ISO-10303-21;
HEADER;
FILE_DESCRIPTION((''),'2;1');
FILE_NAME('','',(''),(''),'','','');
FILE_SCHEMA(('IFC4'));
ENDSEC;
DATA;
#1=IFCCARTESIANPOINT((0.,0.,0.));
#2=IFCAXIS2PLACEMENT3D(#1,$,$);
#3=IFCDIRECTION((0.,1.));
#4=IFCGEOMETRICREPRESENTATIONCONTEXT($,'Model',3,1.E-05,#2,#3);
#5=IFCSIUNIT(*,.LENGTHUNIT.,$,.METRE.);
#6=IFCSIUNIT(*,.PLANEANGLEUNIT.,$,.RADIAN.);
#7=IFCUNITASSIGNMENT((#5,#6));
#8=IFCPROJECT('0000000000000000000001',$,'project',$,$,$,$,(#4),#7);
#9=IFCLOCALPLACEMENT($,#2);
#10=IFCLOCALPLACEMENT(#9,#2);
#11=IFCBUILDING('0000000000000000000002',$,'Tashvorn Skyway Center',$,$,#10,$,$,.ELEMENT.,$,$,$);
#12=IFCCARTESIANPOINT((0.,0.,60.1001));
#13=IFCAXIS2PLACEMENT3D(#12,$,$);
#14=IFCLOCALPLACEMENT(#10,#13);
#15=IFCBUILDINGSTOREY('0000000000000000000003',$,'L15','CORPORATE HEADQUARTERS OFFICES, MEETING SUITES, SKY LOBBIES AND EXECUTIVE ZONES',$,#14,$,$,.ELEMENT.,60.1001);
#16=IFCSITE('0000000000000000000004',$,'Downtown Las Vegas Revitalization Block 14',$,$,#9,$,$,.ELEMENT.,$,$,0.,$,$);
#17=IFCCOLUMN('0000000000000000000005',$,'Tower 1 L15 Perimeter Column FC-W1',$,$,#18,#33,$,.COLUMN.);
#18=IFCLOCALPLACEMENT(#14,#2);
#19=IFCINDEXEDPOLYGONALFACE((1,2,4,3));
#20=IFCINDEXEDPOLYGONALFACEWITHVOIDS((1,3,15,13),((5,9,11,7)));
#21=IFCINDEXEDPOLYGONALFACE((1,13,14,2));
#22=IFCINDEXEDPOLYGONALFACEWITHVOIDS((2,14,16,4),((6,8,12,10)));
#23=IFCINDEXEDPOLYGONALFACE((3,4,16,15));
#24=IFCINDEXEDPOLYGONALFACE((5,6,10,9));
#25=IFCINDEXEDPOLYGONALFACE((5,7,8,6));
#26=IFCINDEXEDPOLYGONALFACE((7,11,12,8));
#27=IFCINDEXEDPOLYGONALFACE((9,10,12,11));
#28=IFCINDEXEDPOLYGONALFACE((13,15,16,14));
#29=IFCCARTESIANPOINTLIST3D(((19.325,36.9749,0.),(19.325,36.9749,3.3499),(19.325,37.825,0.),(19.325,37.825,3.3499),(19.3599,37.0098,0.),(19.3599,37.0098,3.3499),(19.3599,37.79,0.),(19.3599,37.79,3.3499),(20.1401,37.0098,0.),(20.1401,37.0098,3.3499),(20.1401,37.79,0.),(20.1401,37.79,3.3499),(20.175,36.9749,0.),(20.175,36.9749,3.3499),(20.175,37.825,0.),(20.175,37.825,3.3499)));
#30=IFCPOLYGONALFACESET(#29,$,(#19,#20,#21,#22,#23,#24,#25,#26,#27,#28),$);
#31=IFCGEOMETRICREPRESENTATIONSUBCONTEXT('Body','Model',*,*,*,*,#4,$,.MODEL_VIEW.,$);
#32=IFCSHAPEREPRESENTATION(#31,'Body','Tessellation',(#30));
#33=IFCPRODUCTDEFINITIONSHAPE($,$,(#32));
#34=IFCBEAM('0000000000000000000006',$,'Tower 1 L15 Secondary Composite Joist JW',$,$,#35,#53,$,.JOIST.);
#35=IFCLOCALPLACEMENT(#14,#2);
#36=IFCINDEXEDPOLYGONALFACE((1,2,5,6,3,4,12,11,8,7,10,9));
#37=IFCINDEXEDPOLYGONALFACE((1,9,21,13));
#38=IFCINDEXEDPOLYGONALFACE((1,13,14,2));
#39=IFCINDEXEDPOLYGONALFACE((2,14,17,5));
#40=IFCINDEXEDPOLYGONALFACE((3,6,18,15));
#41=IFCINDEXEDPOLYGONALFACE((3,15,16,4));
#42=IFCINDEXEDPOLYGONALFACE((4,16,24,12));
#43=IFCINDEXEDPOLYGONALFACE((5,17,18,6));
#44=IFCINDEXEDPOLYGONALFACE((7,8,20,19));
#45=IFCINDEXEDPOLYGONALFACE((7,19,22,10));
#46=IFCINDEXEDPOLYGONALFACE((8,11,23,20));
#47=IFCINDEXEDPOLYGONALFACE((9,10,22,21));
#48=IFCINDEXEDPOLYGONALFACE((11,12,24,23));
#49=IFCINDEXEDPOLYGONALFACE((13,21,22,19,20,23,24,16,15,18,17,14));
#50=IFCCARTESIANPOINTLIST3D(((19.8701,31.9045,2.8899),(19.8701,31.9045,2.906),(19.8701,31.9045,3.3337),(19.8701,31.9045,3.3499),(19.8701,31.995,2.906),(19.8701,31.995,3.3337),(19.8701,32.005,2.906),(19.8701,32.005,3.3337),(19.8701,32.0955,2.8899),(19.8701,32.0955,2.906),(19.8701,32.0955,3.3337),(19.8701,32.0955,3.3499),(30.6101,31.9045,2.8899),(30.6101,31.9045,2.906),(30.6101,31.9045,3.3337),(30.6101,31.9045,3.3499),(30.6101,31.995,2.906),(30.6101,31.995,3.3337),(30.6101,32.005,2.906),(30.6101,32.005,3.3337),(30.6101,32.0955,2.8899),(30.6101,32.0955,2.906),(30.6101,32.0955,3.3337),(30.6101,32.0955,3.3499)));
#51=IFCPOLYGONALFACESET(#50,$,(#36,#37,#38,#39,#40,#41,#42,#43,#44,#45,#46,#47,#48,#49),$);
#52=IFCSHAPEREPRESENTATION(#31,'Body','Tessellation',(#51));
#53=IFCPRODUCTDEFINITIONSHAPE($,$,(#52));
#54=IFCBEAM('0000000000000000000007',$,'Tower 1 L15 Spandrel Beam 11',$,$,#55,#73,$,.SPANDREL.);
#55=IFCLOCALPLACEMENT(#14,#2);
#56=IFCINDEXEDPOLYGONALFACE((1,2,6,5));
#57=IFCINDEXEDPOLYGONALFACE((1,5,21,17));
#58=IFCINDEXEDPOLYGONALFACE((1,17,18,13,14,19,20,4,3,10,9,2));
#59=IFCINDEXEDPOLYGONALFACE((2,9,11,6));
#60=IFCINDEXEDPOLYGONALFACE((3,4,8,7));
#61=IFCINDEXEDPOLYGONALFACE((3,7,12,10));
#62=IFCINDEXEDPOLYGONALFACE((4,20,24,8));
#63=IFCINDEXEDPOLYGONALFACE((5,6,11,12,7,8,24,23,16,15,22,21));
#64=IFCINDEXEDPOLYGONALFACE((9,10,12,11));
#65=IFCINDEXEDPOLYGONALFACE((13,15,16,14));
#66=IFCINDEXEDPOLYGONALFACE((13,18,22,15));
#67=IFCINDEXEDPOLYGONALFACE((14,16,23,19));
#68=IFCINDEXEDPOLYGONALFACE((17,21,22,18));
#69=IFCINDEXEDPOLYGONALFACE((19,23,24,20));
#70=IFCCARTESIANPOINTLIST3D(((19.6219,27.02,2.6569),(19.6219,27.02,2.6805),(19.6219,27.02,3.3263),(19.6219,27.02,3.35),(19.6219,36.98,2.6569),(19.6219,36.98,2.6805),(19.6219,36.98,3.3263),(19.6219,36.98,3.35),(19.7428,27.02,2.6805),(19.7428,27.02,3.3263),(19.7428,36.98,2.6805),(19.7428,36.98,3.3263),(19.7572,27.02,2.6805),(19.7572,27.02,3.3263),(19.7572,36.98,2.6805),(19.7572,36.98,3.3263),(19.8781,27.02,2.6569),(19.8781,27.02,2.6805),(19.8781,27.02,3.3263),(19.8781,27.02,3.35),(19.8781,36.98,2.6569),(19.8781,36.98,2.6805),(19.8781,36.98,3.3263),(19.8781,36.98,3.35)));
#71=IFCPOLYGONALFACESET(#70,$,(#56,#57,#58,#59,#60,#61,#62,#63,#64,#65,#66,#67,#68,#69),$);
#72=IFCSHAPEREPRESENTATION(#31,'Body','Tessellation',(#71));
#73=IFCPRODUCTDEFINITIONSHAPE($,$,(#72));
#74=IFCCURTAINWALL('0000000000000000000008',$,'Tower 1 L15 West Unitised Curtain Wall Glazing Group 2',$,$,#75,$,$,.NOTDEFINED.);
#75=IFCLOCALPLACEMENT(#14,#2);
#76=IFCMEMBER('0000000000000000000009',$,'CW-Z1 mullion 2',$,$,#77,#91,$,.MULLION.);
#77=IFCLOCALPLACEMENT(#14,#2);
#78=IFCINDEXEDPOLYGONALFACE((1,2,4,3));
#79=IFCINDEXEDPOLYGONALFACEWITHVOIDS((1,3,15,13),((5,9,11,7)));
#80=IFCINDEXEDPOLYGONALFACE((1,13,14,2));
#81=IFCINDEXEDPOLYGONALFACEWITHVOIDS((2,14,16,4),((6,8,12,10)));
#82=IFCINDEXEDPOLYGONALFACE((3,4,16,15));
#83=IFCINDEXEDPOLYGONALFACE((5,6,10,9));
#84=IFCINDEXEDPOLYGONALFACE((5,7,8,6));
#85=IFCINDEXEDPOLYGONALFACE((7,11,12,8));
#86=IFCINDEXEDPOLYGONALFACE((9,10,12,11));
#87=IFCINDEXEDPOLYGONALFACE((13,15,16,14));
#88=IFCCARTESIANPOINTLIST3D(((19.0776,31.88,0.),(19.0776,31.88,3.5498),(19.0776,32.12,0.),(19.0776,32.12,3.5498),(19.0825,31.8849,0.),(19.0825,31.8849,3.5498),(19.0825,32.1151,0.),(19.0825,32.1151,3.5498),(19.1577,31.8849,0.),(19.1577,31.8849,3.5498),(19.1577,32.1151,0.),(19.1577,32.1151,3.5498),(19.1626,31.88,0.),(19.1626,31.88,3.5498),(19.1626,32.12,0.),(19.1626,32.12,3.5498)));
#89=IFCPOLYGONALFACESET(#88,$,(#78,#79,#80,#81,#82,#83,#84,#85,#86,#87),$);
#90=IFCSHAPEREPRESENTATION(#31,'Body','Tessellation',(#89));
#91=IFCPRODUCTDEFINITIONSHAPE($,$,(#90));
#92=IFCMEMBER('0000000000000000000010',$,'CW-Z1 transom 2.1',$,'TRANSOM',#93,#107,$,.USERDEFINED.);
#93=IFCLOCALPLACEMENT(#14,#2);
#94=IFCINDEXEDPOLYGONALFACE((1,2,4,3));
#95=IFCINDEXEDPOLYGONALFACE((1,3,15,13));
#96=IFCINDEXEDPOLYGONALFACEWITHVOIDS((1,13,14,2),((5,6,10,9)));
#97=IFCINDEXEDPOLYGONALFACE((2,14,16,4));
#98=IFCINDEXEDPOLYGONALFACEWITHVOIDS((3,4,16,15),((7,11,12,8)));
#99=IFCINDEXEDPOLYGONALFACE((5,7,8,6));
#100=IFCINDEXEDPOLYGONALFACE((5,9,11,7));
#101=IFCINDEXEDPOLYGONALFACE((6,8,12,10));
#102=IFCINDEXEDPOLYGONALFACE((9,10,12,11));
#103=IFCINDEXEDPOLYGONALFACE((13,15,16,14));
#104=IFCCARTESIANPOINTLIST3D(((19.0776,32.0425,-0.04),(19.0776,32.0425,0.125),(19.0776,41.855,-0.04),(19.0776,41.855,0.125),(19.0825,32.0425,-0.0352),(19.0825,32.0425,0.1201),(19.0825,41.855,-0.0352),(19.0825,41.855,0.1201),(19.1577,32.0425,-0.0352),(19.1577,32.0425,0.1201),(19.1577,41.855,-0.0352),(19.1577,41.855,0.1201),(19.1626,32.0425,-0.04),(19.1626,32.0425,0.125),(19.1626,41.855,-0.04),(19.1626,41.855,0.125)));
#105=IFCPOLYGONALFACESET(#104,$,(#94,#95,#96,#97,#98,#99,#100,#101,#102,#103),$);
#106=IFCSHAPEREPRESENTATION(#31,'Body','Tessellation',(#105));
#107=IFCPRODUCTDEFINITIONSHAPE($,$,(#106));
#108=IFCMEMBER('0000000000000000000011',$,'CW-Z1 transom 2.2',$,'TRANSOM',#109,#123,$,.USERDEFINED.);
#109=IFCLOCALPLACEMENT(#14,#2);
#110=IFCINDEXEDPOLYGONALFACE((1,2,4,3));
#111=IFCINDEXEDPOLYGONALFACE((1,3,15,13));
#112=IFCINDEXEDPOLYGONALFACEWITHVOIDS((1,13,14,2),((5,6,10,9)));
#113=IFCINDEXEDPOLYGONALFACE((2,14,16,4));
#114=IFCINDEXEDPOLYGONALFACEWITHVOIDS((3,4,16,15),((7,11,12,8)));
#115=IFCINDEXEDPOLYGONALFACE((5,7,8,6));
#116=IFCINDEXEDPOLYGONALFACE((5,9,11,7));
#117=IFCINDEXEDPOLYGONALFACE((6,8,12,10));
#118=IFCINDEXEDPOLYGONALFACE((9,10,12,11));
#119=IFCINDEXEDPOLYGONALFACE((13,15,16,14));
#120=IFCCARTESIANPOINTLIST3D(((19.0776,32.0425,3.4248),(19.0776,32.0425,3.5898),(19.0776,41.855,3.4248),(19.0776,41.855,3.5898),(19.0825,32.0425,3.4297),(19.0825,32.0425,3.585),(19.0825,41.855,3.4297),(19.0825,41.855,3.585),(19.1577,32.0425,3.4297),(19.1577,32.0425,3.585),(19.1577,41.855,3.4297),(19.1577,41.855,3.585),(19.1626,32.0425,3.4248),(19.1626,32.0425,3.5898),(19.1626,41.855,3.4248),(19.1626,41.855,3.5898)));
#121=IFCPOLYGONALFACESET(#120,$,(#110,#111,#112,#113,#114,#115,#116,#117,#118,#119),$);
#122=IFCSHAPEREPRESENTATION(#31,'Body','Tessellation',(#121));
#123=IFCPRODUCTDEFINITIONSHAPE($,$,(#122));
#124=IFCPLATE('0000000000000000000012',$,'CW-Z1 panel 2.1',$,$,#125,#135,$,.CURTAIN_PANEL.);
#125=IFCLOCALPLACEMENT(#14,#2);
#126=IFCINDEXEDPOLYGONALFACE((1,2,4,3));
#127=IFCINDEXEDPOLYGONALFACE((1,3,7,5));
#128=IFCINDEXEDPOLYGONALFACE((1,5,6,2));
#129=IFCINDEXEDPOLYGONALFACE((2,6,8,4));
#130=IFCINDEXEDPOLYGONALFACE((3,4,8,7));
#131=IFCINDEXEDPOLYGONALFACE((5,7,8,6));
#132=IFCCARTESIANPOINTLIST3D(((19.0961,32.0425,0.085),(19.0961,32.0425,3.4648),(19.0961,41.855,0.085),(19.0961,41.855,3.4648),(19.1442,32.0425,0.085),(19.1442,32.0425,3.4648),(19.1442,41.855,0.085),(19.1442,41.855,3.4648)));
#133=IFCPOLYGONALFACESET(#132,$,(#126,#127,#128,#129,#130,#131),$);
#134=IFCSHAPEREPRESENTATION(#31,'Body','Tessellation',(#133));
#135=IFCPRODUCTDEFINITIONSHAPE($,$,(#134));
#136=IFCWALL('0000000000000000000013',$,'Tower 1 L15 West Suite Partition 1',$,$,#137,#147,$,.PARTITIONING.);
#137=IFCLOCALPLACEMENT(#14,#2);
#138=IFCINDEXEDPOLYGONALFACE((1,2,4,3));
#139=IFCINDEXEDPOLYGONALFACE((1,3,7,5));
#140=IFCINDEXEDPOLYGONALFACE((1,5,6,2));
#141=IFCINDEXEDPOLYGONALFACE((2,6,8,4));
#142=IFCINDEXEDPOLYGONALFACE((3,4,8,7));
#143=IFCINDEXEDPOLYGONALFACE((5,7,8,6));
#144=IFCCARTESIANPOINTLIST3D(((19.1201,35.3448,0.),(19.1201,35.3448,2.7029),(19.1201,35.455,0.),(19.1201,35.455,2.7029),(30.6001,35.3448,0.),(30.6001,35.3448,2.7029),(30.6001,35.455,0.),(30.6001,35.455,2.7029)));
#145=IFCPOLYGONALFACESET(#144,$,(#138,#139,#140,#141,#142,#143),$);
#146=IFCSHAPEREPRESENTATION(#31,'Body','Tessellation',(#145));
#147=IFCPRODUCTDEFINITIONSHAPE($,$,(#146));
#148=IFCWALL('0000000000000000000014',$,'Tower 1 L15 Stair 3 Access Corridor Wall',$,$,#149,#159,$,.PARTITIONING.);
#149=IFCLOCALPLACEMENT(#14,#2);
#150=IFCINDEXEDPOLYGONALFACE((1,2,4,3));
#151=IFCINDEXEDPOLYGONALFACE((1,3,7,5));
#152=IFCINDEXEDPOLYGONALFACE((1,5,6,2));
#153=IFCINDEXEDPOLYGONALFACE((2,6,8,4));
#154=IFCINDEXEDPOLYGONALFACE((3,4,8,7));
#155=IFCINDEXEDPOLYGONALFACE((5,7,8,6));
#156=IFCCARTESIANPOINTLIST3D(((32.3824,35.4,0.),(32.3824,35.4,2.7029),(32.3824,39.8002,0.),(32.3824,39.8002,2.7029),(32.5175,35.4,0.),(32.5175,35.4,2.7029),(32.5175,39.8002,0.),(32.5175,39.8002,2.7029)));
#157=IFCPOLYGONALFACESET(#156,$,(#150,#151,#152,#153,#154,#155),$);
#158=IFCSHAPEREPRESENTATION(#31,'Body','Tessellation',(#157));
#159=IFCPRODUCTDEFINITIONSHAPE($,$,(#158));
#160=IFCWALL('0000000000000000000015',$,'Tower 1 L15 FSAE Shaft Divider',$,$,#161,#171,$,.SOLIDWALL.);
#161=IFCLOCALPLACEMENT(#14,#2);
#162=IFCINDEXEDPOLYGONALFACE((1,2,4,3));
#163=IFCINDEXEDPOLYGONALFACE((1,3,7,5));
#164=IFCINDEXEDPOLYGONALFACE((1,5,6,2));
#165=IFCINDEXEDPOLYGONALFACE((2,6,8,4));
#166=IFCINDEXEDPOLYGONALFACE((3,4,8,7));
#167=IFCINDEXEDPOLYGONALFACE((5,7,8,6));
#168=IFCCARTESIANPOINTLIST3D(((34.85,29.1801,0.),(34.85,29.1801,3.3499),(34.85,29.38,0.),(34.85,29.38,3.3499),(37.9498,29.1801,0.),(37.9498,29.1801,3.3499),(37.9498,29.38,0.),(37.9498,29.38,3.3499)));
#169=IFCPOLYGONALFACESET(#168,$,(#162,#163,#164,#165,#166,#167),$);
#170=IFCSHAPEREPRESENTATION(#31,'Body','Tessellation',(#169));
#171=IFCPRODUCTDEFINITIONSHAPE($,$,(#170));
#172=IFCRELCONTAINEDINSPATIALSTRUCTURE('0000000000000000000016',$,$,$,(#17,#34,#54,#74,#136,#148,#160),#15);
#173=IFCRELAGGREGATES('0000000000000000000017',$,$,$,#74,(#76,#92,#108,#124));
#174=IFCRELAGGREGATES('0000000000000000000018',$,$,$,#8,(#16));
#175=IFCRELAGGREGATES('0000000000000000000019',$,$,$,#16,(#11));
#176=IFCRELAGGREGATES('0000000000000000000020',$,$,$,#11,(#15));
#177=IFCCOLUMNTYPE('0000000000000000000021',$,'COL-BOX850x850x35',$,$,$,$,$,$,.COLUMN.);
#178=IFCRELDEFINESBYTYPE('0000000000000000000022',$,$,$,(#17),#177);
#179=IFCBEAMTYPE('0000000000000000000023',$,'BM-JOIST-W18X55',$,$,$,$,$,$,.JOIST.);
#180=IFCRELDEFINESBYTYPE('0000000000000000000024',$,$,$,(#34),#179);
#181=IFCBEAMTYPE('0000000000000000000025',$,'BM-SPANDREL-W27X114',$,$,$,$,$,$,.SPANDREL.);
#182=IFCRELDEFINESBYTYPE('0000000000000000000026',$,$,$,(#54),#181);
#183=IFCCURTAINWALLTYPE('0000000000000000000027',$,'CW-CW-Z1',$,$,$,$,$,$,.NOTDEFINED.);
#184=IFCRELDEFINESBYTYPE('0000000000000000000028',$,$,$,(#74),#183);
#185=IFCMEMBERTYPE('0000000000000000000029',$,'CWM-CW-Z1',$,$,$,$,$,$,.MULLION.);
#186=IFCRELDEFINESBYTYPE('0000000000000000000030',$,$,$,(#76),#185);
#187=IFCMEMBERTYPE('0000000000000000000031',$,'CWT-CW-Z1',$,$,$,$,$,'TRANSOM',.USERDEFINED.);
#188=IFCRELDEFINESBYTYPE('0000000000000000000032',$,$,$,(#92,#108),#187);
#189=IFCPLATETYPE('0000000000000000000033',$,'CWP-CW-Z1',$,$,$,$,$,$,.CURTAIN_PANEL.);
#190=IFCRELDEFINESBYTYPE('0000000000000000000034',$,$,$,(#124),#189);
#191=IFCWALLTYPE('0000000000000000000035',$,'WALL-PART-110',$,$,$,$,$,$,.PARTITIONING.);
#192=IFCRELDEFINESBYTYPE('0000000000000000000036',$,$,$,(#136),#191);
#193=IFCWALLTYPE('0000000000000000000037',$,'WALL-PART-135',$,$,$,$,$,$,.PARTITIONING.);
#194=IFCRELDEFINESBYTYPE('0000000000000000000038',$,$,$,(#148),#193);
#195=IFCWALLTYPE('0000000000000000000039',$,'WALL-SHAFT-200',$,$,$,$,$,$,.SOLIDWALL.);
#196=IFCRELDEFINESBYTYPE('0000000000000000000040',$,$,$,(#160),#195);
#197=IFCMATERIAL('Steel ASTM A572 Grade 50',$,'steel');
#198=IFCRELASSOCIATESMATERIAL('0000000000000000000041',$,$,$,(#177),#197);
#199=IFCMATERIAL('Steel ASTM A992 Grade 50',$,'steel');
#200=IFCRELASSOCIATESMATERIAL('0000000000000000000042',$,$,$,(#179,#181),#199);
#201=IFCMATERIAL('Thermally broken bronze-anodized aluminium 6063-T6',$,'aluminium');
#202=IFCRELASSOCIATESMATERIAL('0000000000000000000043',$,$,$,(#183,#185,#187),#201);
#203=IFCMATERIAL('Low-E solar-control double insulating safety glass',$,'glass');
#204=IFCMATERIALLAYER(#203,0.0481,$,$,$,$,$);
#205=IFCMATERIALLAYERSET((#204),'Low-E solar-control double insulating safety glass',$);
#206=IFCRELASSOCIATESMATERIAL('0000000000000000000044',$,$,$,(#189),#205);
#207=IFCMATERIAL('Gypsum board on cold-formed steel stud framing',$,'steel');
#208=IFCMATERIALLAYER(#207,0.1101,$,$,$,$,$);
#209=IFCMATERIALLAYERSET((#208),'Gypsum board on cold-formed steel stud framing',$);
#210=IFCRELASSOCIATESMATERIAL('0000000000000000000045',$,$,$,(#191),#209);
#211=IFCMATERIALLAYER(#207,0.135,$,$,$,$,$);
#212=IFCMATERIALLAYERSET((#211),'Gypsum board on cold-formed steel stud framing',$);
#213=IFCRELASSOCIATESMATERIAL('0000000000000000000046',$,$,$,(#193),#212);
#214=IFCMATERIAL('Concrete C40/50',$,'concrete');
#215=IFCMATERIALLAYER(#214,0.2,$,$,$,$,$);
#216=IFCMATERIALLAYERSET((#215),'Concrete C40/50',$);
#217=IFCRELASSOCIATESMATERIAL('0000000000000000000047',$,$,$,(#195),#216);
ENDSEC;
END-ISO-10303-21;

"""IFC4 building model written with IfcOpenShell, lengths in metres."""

from ifc_helpers import new_model, si_unit, direction, frame, frame_2d, origin, origin_2d, place, context, subcontext, project, spatial, rectangle, hollow_rectangle, i_section, extrude, material, layer, layer_set, material_profile, profile_set, type_object, element, aggregate, save


model = new_model("IFC4")

# Units and contexts
model_context = context("Model", 3, precision=1e-05, world=origin(), true_north=direction((0.0, 1.0)))
body_context = subcontext(model_context, "Body", "Model", "MODEL_VIEW")
ifc_project = project(units=[si_unit("LENGTHUNIT", "METRE"), si_unit("PLANEANGLEUNIT", "RADIAN")], contexts=[model_context])

# Site, building, storey
site_placement = place(None, origin())
site = spatial("IfcSite", under=ifc_project, at=site_placement, Name="Downtown Las Vegas Revitalization Block 14", CompositionType="ELEMENT", RefElevation=0.0)
building_placement = place(site_placement, origin())
building = spatial("IfcBuilding", under=site, at=building_placement, Name="Tashvorn Skyway Center", CompositionType="ELEMENT")
storey_placement = place(building_placement, frame((0.0, 0.0, 60.1001)))
storey = spatial("IfcBuildingStorey", under=building, at=storey_placement, Name="L15", Description="CORPORATE HEADQUARTERS OFFICES, MEETING SUITES, SKY LOBBIES AND EXECUTIVE ZONES", CompositionType="ELEMENT", Elevation=60.1001)

# Column
ifc_material_1 = material(Name="Steel ASTM A572 Grade 50", Category="steel")
ifc_material_profile_1 = material_profile(ifc_material_1, hollow_rectangle(XDim=0.8501, YDim=0.8501, WallThickness=0.0349, at=origin_2d()), Name="BOX850x850x35")
ifc_profile_set_1 = profile_set([ifc_material_profile_1], Name="Steel ASTM A572 Grade 50")
column_type = type_object("IfcColumnType", Name="COL-BOX850x850x35", PredefinedType="COLUMN", material=ifc_profile_set_1)
column_placement = place(storey_placement, frame((19.75, 37.3999, 0.0), z_axis=(0.0, 0.0, 1.0), x_axis=(1.0, 0.0, 0.0)))
element("IfcColumn", 1, at=column_placement, inside=storey, type_object=column_type, Name="Tower 1 L15 Perimeter Column FC-W1", PredefinedType="COLUMN", context=body_context, shape_type="SweptSolid", body=[
    extrude(hollow_rectangle(XDim=0.8501, YDim=0.8501, WallThickness=0.0349, at=origin_2d()), origin(), (0.0, 0.0, 1.0), 3.3499),
])

# Beams
ifc_material_2 = material(Name="Steel ASTM A992 Grade 50", Category="steel")
ifc_material_profile_2 = material_profile(ifc_material_2, i_section(OverallWidth=0.1909, OverallDepth=0.46, WebThickness=0.01, FlangeThickness=0.0161, at=origin_2d()), Name="W18X55")
ifc_profile_set_2 = profile_set([ifc_material_profile_2], Name="Steel ASTM A992 Grade 50")
beam_type_1 = type_object("IfcBeamType", Name="BM-JOIST-W18X55", PredefinedType="JOIST", material=ifc_profile_set_2)
beam_1_placement = place(storey_placement, frame((30.6101, 32.0, 3.1199), z_axis=(-1.0, 0.0, 0.0), x_axis=(0.0, -1.0, 0.0)))
element("IfcBeam", 2, at=beam_1_placement, inside=storey, type_object=beam_type_1, Name="Tower 1 L15 Secondary Composite Joist JW", PredefinedType="JOIST", context=body_context, shape_type="SweptSolid", body=[
    extrude(i_section(OverallWidth=0.1909, OverallDepth=0.46, WebThickness=0.01, FlangeThickness=0.0161, at=origin_2d()), origin(), (0.0, 0.0, 1.0), 10.74),
])
ifc_material_profile_3 = material_profile(ifc_material_2, i_section(OverallWidth=0.2561, OverallDepth=0.6931, WebThickness=0.0144, FlangeThickness=0.0237, at=origin_2d()), Name="W27X114")
ifc_profile_set_3 = profile_set([ifc_material_profile_3], Name="Steel ASTM A992 Grade 50")
beam_type_2 = type_object("IfcBeamType", Name="BM-SPANDREL-W27X114", PredefinedType="SPANDREL", material=ifc_profile_set_3)
beam_2_placement = place(storey_placement, frame((19.75, 36.98, 3.0034), z_axis=(0.0, -1.0, 0.0), x_axis=(1.0, 0.0, 0.0)))
element("IfcBeam", 3, at=beam_2_placement, inside=storey, type_object=beam_type_2, Name="Tower 1 L15 Spandrel Beam 11", PredefinedType="SPANDREL", context=body_context, shape_type="SweptSolid", body=[
    extrude(i_section(OverallWidth=0.2561, OverallDepth=0.6931, WebThickness=0.0144, FlangeThickness=0.0237, at=origin_2d()), origin(), (0.0, 0.0, 1.0), 9.96),
])

# Curtain wall, members, plate
ifc_material_3 = material(Name="Thermally broken bronze-anodized aluminium 6063-T6", Category="aluminium")
curtain_wall_type = type_object("IfcCurtainWallType", Name="CW-CW-Z1", PredefinedType="NOTDEFINED", material=ifc_material_3)
curtain_wall_placement = place(storey_placement, origin())
curtain_wall = element("IfcCurtainWall", 4, at=curtain_wall_placement, inside=storey, type_object=curtain_wall_type, Name="Tower 1 L15 West Unitised Curtain Wall Glazing Group 2", PredefinedType="NOTDEFINED")
ifc_material_profile_4 = material_profile(ifc_material_3, hollow_rectangle(XDim=0.085, YDim=0.24, WallThickness=0.0049, at=origin_2d()), Name="ALU-MULL-85x240")
ifc_profile_set_4 = profile_set([ifc_material_profile_4], Name="Thermally broken bronze-anodized aluminium 6063-T6")
member_type_1 = type_object("IfcMemberType", Name="CWM-CW-Z1", PredefinedType="MULLION", material=ifc_profile_set_4)
member_1_placement = place(storey_placement, frame((19.1201, 32.0, 0.0), z_axis=(0.0, 0.0, 1.0), x_axis=(-1.0, 0.0, 0.0)))
member_1 = element("IfcMember", 5, at=member_1_placement, type_object=member_type_1, Name="CW-Z1 mullion 2", PredefinedType="MULLION", context=body_context, shape_type="SweptSolid", body=[
    extrude(hollow_rectangle(XDim=0.085, YDim=0.24, WallThickness=0.0049, at=origin_2d()), origin(), (0.0, 0.0, 1.0), 3.5498),
])
ifc_material_profile_5 = material_profile(ifc_material_3, hollow_rectangle(XDim=0.085, YDim=0.165, WallThickness=0.0049, at=origin_2d()), Name="ALU-TRAN-85x165")
ifc_profile_set_5 = profile_set([ifc_material_profile_5], Name="Thermally broken bronze-anodized aluminium 6063-T6")
member_type_2 = type_object("IfcMemberType", Name="CWT-CW-Z1", ElementType="TRANSOM", PredefinedType="USERDEFINED", material=ifc_profile_set_5)
member_2_placement = place(storey_placement, frame((19.1201, 32.0425, 0.0425), z_axis=(0.0, 1.0, 0.0), x_axis=(-1.0, 0.0, 0.0)))
member_2 = element("IfcMember", 6, at=member_2_placement, type_object=member_type_2, Name="CW-Z1 transom 2.1", ObjectType="TRANSOM", PredefinedType="USERDEFINED", context=body_context, shape_type="SweptSolid", body=[
    extrude(hollow_rectangle(XDim=0.085, YDim=0.165, WallThickness=0.0049, at=origin_2d()), origin(), (0.0, 0.0, 1.0), 9.8125),
])
member_3_placement = place(storey_placement, frame((19.1201, 32.0425, 3.5073), z_axis=(0.0, 1.0, 0.0), x_axis=(-1.0, 0.0, 0.0)))
member_3 = element("IfcMember", 7, at=member_3_placement, type_object=member_type_2, Name="CW-Z1 transom 2.2", ObjectType="TRANSOM", PredefinedType="USERDEFINED", context=body_context, shape_type="SweptSolid", body=[
    extrude(hollow_rectangle(XDim=0.085, YDim=0.165, WallThickness=0.0049, at=origin_2d()), origin(), (0.0, 0.0, 1.0), 9.8125),
])
ifc_material_4 = material(Name="Low-E solar-control double insulating safety glass", Category="glass")
ifc_layer_1 = layer(ifc_material_4, 0.0481)
ifc_layer_set_1 = layer_set([ifc_layer_1], Name="Low-E solar-control double insulating safety glass")
plate_type = type_object("IfcPlateType", Name="CWP-CW-Z1", PredefinedType="CURTAIN_PANEL", material=ifc_layer_set_1)
plate_placement = place(storey_placement, frame((19.1201, 36.9487, 0.085), z_axis=(0.0, 0.0, 1.0), x_axis=(0.0, 1.0, 0.0)))
plate = element("IfcPlate", 8, at=plate_placement, type_object=plate_type, Name="CW-Z1 panel 2.1", PredefinedType="CURTAIN_PANEL", context=body_context, shape_type="SweptSolid", body=[
    extrude(rectangle(XDim=9.8125, YDim=0.0481, at=origin_2d()), origin(), (0.0, 0.0, 1.0), 3.3799),
])
aggregate(curtain_wall, [member_1, member_2, member_3, plate])

# Walls
ifc_material_5 = material(Name="Gypsum board on cold-formed steel stud framing", Category="steel")
ifc_layer_2 = layer(ifc_material_5, 0.1101)
ifc_layer_set_2 = layer_set([ifc_layer_2], Name="Gypsum board on cold-formed steel stud framing")
wall_type_1 = type_object("IfcWallType", Name="WALL-PART-110", PredefinedType="PARTITIONING", material=ifc_layer_set_2)
wall_1_placement = place(storey_placement, frame((30.6001, 35.3999, 0.0), z_axis=(0.0, 0.0, 1.0), x_axis=(-1.0, 0.0, 0.0)))
element("IfcWall", 9, at=wall_1_placement, inside=storey, type_object=wall_type_1, Name="Tower 1 L15 West Suite Partition 1", PredefinedType="PARTITIONING", context=body_context, shape_type="SweptSolid", body=[
    extrude(rectangle(XDim=11.48, YDim=0.1101, at=frame_2d((5.74, 0.0))), origin(), (0.0, 0.0, 1.0), 2.7029),
])
ifc_layer_3 = layer(ifc_material_5, 0.135)
ifc_layer_set_3 = layer_set([ifc_layer_3], Name="Gypsum board on cold-formed steel stud framing")
wall_type_2 = type_object("IfcWallType", Name="WALL-PART-135", PredefinedType="PARTITIONING", material=ifc_layer_set_3)
wall_2_placement = place(storey_placement, frame((32.45, 35.3999, 0.0), z_axis=(0.0, 0.0, 1.0), x_axis=(0.0, 1.0, 0.0)))
element("IfcWall", 10, at=wall_2_placement, inside=storey, type_object=wall_type_2, Name="Tower 1 L15 Stair 3 Access Corridor Wall", PredefinedType="PARTITIONING", context=body_context, shape_type="SweptSolid", body=[
    extrude(rectangle(XDim=4.4001, YDim=0.135, at=frame_2d((2.2002, 0.0))), origin(), (0.0, 0.0, 1.0), 2.7029),
])
ifc_material_6 = material(Name="Concrete C40/50", Category="concrete")
ifc_layer_4 = layer(ifc_material_6, 0.2)
ifc_layer_set_4 = layer_set([ifc_layer_4], Name="Concrete C40/50")
wall_type_3 = type_object("IfcWallType", Name="WALL-SHAFT-200", PredefinedType="SOLIDWALL", material=ifc_layer_set_4)
wall_3_placement = place(storey_placement, frame((34.8501, 29.28, 0.0), z_axis=(0.0, 0.0, 1.0), x_axis=(1.0, 0.0, 0.0)))
element("IfcWall", 11, at=wall_3_placement, inside=storey, type_object=wall_type_3, Name="Tower 1 L15 FSAE Shaft Divider", PredefinedType="SOLIDWALL", context=body_context, shape_type="SweptSolid", body=[
    extrude(rectangle(XDim=3.0999, YDim=0.2, at=frame_2d((1.5498, 0.0))), origin(), (0.0, 0.0, 1.0), 3.3499),
])

save(model, "model.ifc")
